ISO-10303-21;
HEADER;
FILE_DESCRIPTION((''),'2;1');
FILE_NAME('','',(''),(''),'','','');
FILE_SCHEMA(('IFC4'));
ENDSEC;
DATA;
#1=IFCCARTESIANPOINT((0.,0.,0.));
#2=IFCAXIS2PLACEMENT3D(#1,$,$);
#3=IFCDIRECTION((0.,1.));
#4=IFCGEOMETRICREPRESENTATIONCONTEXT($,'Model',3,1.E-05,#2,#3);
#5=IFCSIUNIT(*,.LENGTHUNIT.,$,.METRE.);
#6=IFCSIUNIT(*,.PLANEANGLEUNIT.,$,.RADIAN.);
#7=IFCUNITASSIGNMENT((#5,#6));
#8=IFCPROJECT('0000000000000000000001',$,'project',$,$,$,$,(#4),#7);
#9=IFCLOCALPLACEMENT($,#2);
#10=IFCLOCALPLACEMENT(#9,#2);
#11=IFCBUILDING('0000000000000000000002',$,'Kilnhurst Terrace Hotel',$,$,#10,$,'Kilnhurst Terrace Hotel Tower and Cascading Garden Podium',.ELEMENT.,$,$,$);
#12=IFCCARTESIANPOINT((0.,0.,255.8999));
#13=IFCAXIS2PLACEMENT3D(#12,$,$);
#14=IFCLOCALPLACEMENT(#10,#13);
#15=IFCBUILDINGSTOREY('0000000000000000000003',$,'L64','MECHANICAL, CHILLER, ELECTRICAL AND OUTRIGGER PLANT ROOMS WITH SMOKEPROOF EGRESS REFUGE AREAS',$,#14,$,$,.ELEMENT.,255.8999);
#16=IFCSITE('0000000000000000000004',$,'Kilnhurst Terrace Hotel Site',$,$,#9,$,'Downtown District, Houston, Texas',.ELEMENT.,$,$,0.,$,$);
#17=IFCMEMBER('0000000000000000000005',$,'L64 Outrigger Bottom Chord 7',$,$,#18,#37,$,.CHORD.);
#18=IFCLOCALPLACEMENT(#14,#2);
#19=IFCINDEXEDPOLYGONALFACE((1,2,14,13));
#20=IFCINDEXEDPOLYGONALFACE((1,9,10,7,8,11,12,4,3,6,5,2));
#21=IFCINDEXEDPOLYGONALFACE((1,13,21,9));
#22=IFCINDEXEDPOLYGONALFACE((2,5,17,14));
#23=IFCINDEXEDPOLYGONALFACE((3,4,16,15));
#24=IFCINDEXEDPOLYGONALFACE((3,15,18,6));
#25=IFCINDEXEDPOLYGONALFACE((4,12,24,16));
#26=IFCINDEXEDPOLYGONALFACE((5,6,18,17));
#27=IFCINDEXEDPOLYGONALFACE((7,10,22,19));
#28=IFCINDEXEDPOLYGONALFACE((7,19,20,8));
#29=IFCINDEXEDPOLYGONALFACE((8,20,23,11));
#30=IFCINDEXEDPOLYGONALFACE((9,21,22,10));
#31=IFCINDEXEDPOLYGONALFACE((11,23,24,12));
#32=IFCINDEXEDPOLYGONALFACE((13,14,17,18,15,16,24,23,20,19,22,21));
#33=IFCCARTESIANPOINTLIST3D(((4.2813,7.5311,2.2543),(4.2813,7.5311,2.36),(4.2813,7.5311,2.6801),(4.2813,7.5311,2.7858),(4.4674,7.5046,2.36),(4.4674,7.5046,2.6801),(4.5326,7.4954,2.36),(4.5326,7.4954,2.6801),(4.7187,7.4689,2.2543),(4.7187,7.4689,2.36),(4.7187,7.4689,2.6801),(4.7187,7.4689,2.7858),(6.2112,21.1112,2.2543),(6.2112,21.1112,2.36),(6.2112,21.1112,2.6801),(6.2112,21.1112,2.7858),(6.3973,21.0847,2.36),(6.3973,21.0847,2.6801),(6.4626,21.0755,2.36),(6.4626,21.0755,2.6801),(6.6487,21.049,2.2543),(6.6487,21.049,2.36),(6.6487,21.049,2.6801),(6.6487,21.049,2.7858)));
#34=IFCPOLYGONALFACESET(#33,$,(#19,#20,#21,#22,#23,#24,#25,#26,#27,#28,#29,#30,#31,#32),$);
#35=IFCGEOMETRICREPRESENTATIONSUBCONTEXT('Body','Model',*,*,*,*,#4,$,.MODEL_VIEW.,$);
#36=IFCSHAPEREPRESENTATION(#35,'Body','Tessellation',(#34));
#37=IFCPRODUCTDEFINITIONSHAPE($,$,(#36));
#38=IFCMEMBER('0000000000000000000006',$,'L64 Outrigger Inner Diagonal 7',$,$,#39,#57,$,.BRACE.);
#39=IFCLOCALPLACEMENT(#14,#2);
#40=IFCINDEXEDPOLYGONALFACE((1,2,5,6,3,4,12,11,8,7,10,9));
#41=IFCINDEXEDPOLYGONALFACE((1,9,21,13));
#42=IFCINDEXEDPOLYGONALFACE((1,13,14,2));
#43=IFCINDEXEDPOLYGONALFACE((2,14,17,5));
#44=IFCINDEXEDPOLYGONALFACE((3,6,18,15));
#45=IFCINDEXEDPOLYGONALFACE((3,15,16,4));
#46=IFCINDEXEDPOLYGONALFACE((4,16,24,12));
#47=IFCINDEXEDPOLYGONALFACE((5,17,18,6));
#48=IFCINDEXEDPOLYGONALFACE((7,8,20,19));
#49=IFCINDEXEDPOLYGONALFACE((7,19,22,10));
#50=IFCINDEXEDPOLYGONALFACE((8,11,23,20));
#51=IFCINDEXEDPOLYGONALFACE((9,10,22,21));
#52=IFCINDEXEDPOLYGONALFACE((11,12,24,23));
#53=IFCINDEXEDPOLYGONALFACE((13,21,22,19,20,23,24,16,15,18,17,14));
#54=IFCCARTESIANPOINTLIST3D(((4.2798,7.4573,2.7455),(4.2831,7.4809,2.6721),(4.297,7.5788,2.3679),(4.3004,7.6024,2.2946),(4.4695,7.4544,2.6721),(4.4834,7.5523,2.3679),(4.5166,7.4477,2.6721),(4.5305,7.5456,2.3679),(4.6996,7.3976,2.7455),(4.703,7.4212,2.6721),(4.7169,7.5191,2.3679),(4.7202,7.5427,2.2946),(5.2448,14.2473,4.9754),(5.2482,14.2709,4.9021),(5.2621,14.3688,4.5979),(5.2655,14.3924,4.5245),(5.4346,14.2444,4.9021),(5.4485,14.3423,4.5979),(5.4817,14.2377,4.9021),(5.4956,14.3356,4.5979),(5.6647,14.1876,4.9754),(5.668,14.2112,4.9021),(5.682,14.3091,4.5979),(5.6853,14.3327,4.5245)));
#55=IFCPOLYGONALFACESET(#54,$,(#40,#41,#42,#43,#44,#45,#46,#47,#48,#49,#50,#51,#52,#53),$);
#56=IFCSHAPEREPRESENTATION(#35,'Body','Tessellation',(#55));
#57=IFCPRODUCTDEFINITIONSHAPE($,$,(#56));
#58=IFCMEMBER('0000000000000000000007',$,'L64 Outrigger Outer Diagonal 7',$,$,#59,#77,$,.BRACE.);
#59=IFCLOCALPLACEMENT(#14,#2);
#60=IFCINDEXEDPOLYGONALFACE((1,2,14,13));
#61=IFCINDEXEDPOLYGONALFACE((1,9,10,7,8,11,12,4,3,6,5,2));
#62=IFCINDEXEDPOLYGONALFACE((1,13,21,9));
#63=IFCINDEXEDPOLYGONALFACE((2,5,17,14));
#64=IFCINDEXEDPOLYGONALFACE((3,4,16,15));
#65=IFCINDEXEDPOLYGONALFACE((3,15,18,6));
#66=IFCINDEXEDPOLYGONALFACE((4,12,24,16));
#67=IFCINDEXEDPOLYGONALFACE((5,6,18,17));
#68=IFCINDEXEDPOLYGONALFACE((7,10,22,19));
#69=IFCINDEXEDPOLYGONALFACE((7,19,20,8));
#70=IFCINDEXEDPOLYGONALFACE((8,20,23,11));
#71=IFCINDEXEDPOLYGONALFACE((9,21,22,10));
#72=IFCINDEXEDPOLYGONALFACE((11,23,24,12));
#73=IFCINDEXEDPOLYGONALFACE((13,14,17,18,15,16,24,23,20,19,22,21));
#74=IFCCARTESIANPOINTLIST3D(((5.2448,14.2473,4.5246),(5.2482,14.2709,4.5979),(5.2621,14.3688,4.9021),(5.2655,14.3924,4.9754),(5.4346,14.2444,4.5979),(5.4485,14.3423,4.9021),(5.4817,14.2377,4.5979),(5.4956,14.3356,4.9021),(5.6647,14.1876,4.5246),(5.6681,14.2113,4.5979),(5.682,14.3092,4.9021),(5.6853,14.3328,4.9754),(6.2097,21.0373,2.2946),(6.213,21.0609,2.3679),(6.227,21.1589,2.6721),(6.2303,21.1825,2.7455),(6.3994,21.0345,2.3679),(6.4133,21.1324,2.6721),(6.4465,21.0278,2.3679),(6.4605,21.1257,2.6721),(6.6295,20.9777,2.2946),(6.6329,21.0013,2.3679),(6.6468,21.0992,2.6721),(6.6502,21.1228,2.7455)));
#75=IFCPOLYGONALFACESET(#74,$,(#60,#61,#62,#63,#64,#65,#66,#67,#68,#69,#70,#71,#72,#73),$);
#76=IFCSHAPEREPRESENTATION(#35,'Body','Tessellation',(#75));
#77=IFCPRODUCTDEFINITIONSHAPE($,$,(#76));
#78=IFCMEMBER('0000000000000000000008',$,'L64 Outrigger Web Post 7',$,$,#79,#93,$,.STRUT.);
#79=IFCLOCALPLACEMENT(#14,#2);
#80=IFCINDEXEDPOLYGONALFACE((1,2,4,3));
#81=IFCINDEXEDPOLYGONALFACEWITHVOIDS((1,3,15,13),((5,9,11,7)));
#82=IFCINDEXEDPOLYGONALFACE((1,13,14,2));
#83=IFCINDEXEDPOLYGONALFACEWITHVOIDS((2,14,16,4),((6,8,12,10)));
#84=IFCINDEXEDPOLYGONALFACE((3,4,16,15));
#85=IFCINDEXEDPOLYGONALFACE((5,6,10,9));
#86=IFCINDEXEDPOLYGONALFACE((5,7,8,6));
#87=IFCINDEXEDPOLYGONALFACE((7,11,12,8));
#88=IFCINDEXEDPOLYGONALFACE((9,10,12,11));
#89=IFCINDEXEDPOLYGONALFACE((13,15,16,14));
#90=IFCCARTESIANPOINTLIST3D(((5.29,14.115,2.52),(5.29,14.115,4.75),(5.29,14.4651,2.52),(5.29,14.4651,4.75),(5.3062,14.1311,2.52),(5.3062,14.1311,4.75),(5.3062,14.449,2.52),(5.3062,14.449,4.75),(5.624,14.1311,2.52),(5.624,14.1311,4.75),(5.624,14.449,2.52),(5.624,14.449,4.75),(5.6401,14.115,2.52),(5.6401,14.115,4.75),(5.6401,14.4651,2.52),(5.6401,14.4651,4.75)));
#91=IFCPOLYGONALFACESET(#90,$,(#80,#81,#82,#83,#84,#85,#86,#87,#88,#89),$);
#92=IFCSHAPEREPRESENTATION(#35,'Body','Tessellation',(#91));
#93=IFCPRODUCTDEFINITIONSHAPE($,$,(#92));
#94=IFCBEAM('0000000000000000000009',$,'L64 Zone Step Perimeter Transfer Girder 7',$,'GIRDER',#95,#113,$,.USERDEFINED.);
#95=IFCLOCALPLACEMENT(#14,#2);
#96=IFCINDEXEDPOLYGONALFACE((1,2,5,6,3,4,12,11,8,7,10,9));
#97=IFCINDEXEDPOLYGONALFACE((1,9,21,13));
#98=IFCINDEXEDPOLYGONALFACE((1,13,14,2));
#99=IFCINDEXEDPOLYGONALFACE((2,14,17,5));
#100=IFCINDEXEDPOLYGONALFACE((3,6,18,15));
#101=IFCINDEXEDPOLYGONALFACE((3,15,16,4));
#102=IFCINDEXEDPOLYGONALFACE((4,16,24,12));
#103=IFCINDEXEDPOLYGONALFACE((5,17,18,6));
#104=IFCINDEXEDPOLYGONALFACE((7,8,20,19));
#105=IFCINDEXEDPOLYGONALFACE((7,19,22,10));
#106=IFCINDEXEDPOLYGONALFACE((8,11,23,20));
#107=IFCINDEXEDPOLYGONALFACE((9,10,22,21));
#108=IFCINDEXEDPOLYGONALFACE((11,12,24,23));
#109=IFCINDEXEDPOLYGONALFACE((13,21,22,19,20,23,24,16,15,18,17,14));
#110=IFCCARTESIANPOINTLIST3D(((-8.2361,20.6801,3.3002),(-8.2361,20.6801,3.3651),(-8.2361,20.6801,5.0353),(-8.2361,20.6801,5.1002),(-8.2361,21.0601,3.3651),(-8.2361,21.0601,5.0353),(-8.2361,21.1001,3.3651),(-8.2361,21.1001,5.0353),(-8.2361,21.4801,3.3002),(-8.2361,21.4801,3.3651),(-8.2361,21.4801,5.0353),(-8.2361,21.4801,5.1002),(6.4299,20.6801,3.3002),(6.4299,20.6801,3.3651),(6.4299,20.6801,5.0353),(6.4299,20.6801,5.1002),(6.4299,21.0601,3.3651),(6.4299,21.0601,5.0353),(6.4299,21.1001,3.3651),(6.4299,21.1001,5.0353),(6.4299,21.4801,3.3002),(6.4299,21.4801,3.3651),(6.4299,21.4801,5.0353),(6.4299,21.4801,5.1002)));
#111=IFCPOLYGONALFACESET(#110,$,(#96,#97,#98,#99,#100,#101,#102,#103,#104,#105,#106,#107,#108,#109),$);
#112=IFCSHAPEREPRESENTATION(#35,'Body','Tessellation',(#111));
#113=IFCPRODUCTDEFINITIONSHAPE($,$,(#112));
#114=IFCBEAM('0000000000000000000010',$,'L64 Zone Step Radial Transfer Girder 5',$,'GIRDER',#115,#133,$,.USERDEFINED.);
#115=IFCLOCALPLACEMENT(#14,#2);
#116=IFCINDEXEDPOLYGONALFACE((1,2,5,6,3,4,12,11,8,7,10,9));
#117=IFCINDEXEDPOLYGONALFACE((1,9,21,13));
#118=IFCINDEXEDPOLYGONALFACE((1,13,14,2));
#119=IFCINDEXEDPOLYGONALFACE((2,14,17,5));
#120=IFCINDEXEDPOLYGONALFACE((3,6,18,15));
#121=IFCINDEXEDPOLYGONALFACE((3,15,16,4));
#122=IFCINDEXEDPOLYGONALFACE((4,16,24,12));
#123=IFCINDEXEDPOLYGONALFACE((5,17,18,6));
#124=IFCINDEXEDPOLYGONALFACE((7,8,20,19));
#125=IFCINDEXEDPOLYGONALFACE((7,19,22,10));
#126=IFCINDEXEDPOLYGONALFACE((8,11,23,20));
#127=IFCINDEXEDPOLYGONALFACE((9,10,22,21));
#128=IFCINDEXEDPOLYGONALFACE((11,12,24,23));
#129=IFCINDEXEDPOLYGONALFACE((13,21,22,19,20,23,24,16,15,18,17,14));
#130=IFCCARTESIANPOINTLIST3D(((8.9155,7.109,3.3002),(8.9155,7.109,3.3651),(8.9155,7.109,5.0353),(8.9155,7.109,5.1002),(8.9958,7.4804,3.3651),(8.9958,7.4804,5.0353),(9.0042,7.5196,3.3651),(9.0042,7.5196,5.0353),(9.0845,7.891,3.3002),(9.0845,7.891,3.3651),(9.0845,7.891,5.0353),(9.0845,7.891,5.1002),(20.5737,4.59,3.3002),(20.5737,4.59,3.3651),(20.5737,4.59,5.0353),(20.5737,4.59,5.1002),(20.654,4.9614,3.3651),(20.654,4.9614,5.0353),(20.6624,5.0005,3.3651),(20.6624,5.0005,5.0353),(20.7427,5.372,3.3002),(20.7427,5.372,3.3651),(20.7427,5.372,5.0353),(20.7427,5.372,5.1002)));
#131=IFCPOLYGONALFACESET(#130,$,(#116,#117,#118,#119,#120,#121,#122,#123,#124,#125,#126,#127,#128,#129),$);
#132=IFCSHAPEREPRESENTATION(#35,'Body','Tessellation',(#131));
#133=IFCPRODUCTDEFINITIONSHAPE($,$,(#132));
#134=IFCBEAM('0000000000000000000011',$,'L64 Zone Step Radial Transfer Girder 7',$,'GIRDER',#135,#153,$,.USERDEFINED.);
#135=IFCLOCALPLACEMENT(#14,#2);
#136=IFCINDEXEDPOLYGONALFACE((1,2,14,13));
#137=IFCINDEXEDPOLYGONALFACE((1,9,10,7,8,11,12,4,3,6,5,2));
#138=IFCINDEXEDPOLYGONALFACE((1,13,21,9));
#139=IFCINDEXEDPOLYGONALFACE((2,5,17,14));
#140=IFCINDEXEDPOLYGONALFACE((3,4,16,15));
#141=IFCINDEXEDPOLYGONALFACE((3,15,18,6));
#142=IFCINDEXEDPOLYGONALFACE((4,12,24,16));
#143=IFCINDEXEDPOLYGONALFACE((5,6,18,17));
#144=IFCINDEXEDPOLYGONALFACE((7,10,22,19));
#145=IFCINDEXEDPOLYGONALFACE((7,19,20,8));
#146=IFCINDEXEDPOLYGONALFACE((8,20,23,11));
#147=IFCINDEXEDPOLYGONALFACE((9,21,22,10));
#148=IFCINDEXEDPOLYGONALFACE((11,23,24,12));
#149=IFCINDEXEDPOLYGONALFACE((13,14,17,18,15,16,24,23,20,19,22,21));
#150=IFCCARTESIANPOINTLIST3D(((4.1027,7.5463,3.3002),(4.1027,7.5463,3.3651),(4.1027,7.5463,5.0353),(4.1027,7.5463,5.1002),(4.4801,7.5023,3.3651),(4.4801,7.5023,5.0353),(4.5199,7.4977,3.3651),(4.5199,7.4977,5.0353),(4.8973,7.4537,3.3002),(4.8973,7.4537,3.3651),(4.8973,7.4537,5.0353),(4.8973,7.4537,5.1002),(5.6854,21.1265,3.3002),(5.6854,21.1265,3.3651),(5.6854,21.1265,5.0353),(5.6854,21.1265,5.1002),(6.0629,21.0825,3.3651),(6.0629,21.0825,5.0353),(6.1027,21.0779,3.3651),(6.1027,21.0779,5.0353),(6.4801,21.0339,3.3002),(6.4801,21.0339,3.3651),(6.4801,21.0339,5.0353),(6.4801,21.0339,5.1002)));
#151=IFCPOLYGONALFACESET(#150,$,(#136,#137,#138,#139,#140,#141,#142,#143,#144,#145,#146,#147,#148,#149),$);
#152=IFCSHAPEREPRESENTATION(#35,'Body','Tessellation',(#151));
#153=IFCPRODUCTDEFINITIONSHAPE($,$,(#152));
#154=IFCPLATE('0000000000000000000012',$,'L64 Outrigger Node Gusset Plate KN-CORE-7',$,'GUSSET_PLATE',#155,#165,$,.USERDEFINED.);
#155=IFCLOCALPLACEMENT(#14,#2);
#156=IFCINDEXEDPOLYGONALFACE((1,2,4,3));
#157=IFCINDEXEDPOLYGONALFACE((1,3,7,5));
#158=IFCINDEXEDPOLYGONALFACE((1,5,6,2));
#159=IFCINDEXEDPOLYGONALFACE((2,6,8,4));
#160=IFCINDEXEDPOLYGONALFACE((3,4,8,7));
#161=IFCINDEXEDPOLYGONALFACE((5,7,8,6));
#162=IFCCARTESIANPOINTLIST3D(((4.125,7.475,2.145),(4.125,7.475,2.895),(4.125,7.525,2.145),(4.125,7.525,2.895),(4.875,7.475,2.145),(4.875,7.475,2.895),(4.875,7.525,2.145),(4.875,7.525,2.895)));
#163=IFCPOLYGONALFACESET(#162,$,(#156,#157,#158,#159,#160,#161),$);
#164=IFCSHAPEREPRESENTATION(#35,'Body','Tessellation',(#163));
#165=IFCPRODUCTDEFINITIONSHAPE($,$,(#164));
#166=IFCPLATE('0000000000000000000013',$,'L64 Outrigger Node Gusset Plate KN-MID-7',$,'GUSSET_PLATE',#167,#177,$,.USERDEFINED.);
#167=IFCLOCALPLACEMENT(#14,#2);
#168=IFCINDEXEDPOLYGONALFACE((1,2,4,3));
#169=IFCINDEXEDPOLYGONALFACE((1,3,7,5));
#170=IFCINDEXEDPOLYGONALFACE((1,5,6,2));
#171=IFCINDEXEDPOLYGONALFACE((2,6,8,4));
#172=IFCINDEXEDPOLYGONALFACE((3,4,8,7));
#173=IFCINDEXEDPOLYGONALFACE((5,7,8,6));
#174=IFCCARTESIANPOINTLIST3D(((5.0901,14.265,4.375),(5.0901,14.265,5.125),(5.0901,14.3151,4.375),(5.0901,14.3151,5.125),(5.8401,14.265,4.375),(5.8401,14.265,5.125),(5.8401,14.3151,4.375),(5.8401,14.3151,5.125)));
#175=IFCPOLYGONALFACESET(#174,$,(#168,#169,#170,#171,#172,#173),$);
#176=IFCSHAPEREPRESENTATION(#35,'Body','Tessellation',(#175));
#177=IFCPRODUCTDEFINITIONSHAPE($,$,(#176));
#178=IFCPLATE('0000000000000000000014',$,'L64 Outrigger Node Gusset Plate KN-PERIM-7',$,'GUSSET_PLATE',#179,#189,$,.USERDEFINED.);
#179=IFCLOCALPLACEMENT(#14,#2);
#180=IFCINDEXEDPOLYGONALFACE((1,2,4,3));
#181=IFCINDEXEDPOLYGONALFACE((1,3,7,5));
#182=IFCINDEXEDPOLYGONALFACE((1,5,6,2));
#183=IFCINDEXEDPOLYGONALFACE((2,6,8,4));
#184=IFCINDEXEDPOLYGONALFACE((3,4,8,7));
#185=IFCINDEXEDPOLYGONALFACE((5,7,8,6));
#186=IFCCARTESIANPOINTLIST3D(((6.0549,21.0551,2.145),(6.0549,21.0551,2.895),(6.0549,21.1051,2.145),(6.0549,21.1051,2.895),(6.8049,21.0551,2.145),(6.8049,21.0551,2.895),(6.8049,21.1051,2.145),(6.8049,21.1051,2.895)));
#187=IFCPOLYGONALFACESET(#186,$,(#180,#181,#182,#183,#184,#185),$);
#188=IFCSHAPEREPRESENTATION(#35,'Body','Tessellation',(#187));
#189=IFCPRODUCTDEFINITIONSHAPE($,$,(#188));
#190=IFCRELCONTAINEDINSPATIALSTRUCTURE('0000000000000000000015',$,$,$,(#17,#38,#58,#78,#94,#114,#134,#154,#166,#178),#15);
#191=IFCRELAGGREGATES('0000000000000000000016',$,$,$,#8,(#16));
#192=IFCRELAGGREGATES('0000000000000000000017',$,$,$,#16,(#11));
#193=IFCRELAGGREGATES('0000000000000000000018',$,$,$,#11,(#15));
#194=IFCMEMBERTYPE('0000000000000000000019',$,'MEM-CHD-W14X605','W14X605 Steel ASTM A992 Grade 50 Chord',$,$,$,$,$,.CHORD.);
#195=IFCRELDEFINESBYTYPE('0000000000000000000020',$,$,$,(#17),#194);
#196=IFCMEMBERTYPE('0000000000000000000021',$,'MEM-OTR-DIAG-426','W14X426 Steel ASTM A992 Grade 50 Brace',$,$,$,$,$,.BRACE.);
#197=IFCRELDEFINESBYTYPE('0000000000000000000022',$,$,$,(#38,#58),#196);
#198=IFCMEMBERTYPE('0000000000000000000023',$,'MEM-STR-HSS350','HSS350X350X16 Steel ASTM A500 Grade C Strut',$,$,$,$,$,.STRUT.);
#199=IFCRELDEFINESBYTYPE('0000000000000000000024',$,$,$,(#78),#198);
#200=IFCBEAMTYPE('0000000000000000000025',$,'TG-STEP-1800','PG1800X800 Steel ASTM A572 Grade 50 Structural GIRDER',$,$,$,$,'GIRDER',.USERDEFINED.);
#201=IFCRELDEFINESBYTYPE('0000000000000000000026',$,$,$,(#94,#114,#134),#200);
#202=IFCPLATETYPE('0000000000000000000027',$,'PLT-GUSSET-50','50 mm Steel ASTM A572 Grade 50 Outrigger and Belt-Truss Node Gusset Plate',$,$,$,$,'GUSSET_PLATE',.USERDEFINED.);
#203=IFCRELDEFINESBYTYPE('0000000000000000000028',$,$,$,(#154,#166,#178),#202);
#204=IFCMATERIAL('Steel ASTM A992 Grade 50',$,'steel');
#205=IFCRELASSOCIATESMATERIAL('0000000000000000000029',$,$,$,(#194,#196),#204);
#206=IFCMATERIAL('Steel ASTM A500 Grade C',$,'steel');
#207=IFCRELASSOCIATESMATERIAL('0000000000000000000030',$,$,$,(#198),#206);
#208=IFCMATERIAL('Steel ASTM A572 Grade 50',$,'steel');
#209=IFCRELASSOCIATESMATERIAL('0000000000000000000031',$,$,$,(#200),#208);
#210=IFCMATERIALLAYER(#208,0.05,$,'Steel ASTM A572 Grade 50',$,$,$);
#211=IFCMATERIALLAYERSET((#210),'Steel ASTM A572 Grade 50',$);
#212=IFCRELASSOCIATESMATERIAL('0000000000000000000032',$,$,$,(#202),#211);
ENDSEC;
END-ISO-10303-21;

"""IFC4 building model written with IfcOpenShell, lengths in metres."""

from ifc_helpers import new_model, si_unit, direction, frame, origin, origin_2d, place, context, subcontext, project, spatial, rectangle, hollow_rectangle, i_section, extrude, material, layer, layer_set, material_profile, profile_set, type_object, element, save


model = new_model("IFC4")

# Units and contexts
model_context = context("Model", 3, precision=1e-05, world=origin(), true_north=direction((0.0, 1.0)))
body_context = subcontext(model_context, "Body", "Model", "MODEL_VIEW")
ifc_project = project(units=[si_unit("LENGTHUNIT", "METRE"), si_unit("PLANEANGLEUNIT", "RADIAN")], contexts=[model_context])

# Site, building, storey
site_placement = place(None, origin())
site = spatial("IfcSite", under=ifc_project, at=site_placement, Name="Kilnhurst Terrace Hotel Site", LongName="Downtown District, Houston, Texas", CompositionType="ELEMENT", RefElevation=0.0)
building_placement = place(site_placement, origin())
building = spatial("IfcBuilding", under=site, at=building_placement, Name="Kilnhurst Terrace Hotel", LongName="Kilnhurst Terrace Hotel Tower and Cascading Garden Podium", CompositionType="ELEMENT")
storey_placement = place(building_placement, frame((0.0, 0.0, 255.8999)))
storey = spatial("IfcBuildingStorey", under=building, at=storey_placement, Name="L64", Description="MECHANICAL, CHILLER, ELECTRICAL AND OUTRIGGER PLANT ROOMS WITH SMOKEPROOF EGRESS REFUGE AREAS", CompositionType="ELEMENT", Elevation=255.8999)

# Shared definitions
ifc_material_1 = material(Name="Steel ASTM A992 Grade 50", Category="steel")

# Members
ifc_material_2 = material(Name="Steel ASTM A500 Grade C", Category="steel")
ifc_material_profile_1 = material_profile(ifc_material_1, i_section(OverallWidth=0.4419, OverallDepth=0.5315, WebThickness=0.0659, FlangeThickness=0.1057, at=origin_2d()), Name="W14X605")
ifc_profile_set_1 = profile_set([ifc_material_profile_1], Name="Steel ASTM A992 Grade 50")
member_type_1 = type_object("IfcMemberType", Name="MEM-CHD-W14X605", Description="W14X605 Steel ASTM A992 Grade 50 Chord", PredefinedType="CHORD", material=ifc_profile_set_1)
member_1_placement = place(storey_placement, frame((4.5, 7.5, 2.52), z_axis=(0.140701, 0.990052, 0.0), x_axis=(-0.990052, 0.140701, 0.0)))
element("IfcMember", 1, at=member_1_placement, inside=storey, type_object=member_type_1, Name="L64 Outrigger Bottom Chord 7", PredefinedType="CHORD", context=body_context, shape_type="SweptSolid", body=[
    extrude(i_section(OverallWidth=0.4419, OverallDepth=0.5315, WebThickness=0.0659, FlangeThickness=0.1057, at=origin_2d()), origin(), (0.0, 0.0, 1.0), 13.7166),
])
ifc_material_profile_2 = material_profile(ifc_material_1, i_section(OverallWidth=0.4241, OverallDepth=0.4741, WebThickness=0.0476, FlangeThickness=0.0771, at=origin_2d()), Name="W14X426")
ifc_profile_set_2 = profile_set([ifc_material_profile_2], Name="Steel ASTM A992 Grade 50")
member_type_2 = type_object("IfcMemberType", Name="MEM-OTR-DIAG-426", Description="W14X426 Steel ASTM A992 Grade 50 Brace", PredefinedType="BRACE", material=ifc_profile_set_2)
for number, where, z_axis, x_axis, name in (
    (2, (4.5, 7.5, 2.52), (0.133822, 0.941529, 0.309216), (-0.99005, 0.140719, 0.0), "L64 Outrigger Inner Diagonal 7"),
    (3, (5.4651, 14.29, 4.75), (0.133789, 0.941533, -0.309218), (-0.990055, 0.140684, 0.0), "L64 Outrigger Outer Diagonal 7"),
):
    element("IfcMember", number, at=place(storey_placement, frame(where, z_axis=z_axis, x_axis=x_axis)), inside=storey, type_object=member_type_2, Name=name, PredefinedType="BRACE", context=body_context, shape_type="SweptSolid", body=[
        extrude(i_section(OverallWidth=0.4241, OverallDepth=0.4741, WebThickness=0.0476, FlangeThickness=0.0771, at=origin_2d()), origin(), (0.0, 0.0, 1.0), 7.2117),
    ])
ifc_material_profile_3 = material_profile(ifc_material_2, hollow_rectangle(XDim=0.3501, YDim=0.3501, WallThickness=0.0161, at=origin_2d()), Name="HSS350X350X16")
ifc_profile_set_3 = profile_set([ifc_material_profile_3], Name="Steel ASTM A500 Grade C")
member_type_3 = type_object("IfcMemberType", Name="MEM-STR-HSS350", Description="HSS350X350X16 Steel ASTM A500 Grade C Strut", PredefinedType="STRUT", material=ifc_profile_set_3)
member_2_placement = place(storey_placement, frame((5.4651, 14.29, 2.52), z_axis=(0.0, 0.0, 1.0), x_axis=(1.0, 0.0, 0.0)))
element("IfcMember", 4, at=member_2_placement, inside=storey, type_object=member_type_3, Name="L64 Outrigger Web Post 7", PredefinedType="STRUT", context=body_context, shape_type="SweptSolid", body=[
    extrude(hollow_rectangle(XDim=0.3501, YDim=0.3501, WallThickness=0.0161, at=origin_2d()), origin(), (0.0, 0.0, 1.0), 2.23),
])

# Beams
ifc_material_3 = material(Name="Steel ASTM A572 Grade 50", Category="steel")
ifc_material_profile_4 = material_profile(ifc_material_3, i_section(OverallWidth=0.8, OverallDepth=1.8, WebThickness=0.04, FlangeThickness=0.0649, at=origin_2d()), Name="PG1800X800")
ifc_profile_set_4 = profile_set([ifc_material_profile_4], Name="Steel ASTM A572 Grade 50")
beam_type_1 = type_object("IfcBeamType", Name="TG-STEP-1800", Description="PG1800X800 Steel ASTM A572 Grade 50 Structural GIRDER", ElementType="GIRDER", PredefinedType="USERDEFINED", material=ifc_profile_set_4)
beam_1_placement = place(storey_placement, frame((6.4299, 21.0801, 4.2002), z_axis=(-1.0, 0.0, 0.0), x_axis=(0.0, -1.0, 0.0)))
element("IfcBeam", 5, at=beam_1_placement, inside=storey, type_object=beam_type_1, Name="L64 Zone Step Perimeter Transfer Girder 7", ObjectType="GIRDER", PredefinedType="USERDEFINED", context=body_context, shape_type="SweptSolid", body=[
    extrude(i_section(OverallWidth=0.8, OverallDepth=1.8, WebThickness=0.04, FlangeThickness=0.0649, at=origin_2d()), origin(), (0.0, 0.0, 1.0), 14.666),
])
beam_2_placement = place(storey_placement, frame((9.0, 7.5, 4.2002), z_axis=(0.977443, -0.211201, 0.0), x_axis=(0.211201, 0.977443, 0.0)))
element("IfcBeam", 6, at=beam_2_placement, inside=storey, type_object=beam_type_1, Name="L64 Zone Step Radial Transfer Girder 5", ObjectType="GIRDER", PredefinedType="USERDEFINED", context=body_context, shape_type="SweptSolid", body=[
    extrude(i_section(OverallWidth=0.8, OverallDepth=1.8, WebThickness=0.04, FlangeThickness=0.0649, at=origin_2d()), origin(), (0.0, 0.0, 1.0), 11.9272),
])
beam_3_placement = place(storey_placement, frame((4.5, 7.5, 4.2002), z_axis=(0.115767, 0.993276, 0.0), x_axis=(-0.993276, 0.115767, 0.0)))
element("IfcBeam", 7, at=beam_3_placement, inside=storey, type_object=beam_type_1, Name="L64 Zone Step Radial Transfer Girder 7", ObjectType="GIRDER", PredefinedType="USERDEFINED", context=body_context, shape_type="SweptSolid", body=[
    extrude(i_section(OverallWidth=0.8, OverallDepth=1.8, WebThickness=0.04, FlangeThickness=0.0649, at=origin_2d()), origin(), (0.0, 0.0, 1.0), 13.6721),
])

# Plates
ifc_layer_1 = layer(ifc_material_3, 0.05, Name="Steel ASTM A572 Grade 50")
ifc_layer_set_1 = layer_set([ifc_layer_1], Name="Steel ASTM A572 Grade 50")
plate_type = type_object("IfcPlateType", Name="PLT-GUSSET-50", Description="50 mm Steel ASTM A572 Grade 50 Outrigger and Belt-Truss Node Gusset Plate", ElementType="GUSSET_PLATE", PredefinedType="USERDEFINED", material=ifc_layer_set_1)
for number, where, z_axis, x_axis, name in (
    (8, (4.5, 7.5, 2.145), (0.0, 0.0, 1.0), (1.0, 0.0, 0.0), "L64 Outrigger Node Gusset Plate KN-CORE-7"),
    (9, (5.4651, 14.29, 4.375), (0.0, 0.0, 1.0), (1.0, 0.0, 0.0), "L64 Outrigger Node Gusset Plate KN-MID-7"),
    (10, (6.4299, 21.0801, 2.145), (0.0, 0.0, 1.0), (1.0, 0.0, 0.0), "L64 Outrigger Node Gusset Plate KN-PERIM-7"),
):
    element("IfcPlate", number, at=place(storey_placement, frame(where, z_axis=z_axis, x_axis=x_axis)), inside=storey, type_object=plate_type, Name=name, ObjectType="GUSSET_PLATE", PredefinedType="USERDEFINED", context=body_context, shape_type="SweptSolid", body=[
        extrude(rectangle(XDim=0.75, YDim=0.05, at=origin_2d()), origin(), (0.0, 0.0, 1.0), 0.75),
    ])

save(model, "model.ifc")
